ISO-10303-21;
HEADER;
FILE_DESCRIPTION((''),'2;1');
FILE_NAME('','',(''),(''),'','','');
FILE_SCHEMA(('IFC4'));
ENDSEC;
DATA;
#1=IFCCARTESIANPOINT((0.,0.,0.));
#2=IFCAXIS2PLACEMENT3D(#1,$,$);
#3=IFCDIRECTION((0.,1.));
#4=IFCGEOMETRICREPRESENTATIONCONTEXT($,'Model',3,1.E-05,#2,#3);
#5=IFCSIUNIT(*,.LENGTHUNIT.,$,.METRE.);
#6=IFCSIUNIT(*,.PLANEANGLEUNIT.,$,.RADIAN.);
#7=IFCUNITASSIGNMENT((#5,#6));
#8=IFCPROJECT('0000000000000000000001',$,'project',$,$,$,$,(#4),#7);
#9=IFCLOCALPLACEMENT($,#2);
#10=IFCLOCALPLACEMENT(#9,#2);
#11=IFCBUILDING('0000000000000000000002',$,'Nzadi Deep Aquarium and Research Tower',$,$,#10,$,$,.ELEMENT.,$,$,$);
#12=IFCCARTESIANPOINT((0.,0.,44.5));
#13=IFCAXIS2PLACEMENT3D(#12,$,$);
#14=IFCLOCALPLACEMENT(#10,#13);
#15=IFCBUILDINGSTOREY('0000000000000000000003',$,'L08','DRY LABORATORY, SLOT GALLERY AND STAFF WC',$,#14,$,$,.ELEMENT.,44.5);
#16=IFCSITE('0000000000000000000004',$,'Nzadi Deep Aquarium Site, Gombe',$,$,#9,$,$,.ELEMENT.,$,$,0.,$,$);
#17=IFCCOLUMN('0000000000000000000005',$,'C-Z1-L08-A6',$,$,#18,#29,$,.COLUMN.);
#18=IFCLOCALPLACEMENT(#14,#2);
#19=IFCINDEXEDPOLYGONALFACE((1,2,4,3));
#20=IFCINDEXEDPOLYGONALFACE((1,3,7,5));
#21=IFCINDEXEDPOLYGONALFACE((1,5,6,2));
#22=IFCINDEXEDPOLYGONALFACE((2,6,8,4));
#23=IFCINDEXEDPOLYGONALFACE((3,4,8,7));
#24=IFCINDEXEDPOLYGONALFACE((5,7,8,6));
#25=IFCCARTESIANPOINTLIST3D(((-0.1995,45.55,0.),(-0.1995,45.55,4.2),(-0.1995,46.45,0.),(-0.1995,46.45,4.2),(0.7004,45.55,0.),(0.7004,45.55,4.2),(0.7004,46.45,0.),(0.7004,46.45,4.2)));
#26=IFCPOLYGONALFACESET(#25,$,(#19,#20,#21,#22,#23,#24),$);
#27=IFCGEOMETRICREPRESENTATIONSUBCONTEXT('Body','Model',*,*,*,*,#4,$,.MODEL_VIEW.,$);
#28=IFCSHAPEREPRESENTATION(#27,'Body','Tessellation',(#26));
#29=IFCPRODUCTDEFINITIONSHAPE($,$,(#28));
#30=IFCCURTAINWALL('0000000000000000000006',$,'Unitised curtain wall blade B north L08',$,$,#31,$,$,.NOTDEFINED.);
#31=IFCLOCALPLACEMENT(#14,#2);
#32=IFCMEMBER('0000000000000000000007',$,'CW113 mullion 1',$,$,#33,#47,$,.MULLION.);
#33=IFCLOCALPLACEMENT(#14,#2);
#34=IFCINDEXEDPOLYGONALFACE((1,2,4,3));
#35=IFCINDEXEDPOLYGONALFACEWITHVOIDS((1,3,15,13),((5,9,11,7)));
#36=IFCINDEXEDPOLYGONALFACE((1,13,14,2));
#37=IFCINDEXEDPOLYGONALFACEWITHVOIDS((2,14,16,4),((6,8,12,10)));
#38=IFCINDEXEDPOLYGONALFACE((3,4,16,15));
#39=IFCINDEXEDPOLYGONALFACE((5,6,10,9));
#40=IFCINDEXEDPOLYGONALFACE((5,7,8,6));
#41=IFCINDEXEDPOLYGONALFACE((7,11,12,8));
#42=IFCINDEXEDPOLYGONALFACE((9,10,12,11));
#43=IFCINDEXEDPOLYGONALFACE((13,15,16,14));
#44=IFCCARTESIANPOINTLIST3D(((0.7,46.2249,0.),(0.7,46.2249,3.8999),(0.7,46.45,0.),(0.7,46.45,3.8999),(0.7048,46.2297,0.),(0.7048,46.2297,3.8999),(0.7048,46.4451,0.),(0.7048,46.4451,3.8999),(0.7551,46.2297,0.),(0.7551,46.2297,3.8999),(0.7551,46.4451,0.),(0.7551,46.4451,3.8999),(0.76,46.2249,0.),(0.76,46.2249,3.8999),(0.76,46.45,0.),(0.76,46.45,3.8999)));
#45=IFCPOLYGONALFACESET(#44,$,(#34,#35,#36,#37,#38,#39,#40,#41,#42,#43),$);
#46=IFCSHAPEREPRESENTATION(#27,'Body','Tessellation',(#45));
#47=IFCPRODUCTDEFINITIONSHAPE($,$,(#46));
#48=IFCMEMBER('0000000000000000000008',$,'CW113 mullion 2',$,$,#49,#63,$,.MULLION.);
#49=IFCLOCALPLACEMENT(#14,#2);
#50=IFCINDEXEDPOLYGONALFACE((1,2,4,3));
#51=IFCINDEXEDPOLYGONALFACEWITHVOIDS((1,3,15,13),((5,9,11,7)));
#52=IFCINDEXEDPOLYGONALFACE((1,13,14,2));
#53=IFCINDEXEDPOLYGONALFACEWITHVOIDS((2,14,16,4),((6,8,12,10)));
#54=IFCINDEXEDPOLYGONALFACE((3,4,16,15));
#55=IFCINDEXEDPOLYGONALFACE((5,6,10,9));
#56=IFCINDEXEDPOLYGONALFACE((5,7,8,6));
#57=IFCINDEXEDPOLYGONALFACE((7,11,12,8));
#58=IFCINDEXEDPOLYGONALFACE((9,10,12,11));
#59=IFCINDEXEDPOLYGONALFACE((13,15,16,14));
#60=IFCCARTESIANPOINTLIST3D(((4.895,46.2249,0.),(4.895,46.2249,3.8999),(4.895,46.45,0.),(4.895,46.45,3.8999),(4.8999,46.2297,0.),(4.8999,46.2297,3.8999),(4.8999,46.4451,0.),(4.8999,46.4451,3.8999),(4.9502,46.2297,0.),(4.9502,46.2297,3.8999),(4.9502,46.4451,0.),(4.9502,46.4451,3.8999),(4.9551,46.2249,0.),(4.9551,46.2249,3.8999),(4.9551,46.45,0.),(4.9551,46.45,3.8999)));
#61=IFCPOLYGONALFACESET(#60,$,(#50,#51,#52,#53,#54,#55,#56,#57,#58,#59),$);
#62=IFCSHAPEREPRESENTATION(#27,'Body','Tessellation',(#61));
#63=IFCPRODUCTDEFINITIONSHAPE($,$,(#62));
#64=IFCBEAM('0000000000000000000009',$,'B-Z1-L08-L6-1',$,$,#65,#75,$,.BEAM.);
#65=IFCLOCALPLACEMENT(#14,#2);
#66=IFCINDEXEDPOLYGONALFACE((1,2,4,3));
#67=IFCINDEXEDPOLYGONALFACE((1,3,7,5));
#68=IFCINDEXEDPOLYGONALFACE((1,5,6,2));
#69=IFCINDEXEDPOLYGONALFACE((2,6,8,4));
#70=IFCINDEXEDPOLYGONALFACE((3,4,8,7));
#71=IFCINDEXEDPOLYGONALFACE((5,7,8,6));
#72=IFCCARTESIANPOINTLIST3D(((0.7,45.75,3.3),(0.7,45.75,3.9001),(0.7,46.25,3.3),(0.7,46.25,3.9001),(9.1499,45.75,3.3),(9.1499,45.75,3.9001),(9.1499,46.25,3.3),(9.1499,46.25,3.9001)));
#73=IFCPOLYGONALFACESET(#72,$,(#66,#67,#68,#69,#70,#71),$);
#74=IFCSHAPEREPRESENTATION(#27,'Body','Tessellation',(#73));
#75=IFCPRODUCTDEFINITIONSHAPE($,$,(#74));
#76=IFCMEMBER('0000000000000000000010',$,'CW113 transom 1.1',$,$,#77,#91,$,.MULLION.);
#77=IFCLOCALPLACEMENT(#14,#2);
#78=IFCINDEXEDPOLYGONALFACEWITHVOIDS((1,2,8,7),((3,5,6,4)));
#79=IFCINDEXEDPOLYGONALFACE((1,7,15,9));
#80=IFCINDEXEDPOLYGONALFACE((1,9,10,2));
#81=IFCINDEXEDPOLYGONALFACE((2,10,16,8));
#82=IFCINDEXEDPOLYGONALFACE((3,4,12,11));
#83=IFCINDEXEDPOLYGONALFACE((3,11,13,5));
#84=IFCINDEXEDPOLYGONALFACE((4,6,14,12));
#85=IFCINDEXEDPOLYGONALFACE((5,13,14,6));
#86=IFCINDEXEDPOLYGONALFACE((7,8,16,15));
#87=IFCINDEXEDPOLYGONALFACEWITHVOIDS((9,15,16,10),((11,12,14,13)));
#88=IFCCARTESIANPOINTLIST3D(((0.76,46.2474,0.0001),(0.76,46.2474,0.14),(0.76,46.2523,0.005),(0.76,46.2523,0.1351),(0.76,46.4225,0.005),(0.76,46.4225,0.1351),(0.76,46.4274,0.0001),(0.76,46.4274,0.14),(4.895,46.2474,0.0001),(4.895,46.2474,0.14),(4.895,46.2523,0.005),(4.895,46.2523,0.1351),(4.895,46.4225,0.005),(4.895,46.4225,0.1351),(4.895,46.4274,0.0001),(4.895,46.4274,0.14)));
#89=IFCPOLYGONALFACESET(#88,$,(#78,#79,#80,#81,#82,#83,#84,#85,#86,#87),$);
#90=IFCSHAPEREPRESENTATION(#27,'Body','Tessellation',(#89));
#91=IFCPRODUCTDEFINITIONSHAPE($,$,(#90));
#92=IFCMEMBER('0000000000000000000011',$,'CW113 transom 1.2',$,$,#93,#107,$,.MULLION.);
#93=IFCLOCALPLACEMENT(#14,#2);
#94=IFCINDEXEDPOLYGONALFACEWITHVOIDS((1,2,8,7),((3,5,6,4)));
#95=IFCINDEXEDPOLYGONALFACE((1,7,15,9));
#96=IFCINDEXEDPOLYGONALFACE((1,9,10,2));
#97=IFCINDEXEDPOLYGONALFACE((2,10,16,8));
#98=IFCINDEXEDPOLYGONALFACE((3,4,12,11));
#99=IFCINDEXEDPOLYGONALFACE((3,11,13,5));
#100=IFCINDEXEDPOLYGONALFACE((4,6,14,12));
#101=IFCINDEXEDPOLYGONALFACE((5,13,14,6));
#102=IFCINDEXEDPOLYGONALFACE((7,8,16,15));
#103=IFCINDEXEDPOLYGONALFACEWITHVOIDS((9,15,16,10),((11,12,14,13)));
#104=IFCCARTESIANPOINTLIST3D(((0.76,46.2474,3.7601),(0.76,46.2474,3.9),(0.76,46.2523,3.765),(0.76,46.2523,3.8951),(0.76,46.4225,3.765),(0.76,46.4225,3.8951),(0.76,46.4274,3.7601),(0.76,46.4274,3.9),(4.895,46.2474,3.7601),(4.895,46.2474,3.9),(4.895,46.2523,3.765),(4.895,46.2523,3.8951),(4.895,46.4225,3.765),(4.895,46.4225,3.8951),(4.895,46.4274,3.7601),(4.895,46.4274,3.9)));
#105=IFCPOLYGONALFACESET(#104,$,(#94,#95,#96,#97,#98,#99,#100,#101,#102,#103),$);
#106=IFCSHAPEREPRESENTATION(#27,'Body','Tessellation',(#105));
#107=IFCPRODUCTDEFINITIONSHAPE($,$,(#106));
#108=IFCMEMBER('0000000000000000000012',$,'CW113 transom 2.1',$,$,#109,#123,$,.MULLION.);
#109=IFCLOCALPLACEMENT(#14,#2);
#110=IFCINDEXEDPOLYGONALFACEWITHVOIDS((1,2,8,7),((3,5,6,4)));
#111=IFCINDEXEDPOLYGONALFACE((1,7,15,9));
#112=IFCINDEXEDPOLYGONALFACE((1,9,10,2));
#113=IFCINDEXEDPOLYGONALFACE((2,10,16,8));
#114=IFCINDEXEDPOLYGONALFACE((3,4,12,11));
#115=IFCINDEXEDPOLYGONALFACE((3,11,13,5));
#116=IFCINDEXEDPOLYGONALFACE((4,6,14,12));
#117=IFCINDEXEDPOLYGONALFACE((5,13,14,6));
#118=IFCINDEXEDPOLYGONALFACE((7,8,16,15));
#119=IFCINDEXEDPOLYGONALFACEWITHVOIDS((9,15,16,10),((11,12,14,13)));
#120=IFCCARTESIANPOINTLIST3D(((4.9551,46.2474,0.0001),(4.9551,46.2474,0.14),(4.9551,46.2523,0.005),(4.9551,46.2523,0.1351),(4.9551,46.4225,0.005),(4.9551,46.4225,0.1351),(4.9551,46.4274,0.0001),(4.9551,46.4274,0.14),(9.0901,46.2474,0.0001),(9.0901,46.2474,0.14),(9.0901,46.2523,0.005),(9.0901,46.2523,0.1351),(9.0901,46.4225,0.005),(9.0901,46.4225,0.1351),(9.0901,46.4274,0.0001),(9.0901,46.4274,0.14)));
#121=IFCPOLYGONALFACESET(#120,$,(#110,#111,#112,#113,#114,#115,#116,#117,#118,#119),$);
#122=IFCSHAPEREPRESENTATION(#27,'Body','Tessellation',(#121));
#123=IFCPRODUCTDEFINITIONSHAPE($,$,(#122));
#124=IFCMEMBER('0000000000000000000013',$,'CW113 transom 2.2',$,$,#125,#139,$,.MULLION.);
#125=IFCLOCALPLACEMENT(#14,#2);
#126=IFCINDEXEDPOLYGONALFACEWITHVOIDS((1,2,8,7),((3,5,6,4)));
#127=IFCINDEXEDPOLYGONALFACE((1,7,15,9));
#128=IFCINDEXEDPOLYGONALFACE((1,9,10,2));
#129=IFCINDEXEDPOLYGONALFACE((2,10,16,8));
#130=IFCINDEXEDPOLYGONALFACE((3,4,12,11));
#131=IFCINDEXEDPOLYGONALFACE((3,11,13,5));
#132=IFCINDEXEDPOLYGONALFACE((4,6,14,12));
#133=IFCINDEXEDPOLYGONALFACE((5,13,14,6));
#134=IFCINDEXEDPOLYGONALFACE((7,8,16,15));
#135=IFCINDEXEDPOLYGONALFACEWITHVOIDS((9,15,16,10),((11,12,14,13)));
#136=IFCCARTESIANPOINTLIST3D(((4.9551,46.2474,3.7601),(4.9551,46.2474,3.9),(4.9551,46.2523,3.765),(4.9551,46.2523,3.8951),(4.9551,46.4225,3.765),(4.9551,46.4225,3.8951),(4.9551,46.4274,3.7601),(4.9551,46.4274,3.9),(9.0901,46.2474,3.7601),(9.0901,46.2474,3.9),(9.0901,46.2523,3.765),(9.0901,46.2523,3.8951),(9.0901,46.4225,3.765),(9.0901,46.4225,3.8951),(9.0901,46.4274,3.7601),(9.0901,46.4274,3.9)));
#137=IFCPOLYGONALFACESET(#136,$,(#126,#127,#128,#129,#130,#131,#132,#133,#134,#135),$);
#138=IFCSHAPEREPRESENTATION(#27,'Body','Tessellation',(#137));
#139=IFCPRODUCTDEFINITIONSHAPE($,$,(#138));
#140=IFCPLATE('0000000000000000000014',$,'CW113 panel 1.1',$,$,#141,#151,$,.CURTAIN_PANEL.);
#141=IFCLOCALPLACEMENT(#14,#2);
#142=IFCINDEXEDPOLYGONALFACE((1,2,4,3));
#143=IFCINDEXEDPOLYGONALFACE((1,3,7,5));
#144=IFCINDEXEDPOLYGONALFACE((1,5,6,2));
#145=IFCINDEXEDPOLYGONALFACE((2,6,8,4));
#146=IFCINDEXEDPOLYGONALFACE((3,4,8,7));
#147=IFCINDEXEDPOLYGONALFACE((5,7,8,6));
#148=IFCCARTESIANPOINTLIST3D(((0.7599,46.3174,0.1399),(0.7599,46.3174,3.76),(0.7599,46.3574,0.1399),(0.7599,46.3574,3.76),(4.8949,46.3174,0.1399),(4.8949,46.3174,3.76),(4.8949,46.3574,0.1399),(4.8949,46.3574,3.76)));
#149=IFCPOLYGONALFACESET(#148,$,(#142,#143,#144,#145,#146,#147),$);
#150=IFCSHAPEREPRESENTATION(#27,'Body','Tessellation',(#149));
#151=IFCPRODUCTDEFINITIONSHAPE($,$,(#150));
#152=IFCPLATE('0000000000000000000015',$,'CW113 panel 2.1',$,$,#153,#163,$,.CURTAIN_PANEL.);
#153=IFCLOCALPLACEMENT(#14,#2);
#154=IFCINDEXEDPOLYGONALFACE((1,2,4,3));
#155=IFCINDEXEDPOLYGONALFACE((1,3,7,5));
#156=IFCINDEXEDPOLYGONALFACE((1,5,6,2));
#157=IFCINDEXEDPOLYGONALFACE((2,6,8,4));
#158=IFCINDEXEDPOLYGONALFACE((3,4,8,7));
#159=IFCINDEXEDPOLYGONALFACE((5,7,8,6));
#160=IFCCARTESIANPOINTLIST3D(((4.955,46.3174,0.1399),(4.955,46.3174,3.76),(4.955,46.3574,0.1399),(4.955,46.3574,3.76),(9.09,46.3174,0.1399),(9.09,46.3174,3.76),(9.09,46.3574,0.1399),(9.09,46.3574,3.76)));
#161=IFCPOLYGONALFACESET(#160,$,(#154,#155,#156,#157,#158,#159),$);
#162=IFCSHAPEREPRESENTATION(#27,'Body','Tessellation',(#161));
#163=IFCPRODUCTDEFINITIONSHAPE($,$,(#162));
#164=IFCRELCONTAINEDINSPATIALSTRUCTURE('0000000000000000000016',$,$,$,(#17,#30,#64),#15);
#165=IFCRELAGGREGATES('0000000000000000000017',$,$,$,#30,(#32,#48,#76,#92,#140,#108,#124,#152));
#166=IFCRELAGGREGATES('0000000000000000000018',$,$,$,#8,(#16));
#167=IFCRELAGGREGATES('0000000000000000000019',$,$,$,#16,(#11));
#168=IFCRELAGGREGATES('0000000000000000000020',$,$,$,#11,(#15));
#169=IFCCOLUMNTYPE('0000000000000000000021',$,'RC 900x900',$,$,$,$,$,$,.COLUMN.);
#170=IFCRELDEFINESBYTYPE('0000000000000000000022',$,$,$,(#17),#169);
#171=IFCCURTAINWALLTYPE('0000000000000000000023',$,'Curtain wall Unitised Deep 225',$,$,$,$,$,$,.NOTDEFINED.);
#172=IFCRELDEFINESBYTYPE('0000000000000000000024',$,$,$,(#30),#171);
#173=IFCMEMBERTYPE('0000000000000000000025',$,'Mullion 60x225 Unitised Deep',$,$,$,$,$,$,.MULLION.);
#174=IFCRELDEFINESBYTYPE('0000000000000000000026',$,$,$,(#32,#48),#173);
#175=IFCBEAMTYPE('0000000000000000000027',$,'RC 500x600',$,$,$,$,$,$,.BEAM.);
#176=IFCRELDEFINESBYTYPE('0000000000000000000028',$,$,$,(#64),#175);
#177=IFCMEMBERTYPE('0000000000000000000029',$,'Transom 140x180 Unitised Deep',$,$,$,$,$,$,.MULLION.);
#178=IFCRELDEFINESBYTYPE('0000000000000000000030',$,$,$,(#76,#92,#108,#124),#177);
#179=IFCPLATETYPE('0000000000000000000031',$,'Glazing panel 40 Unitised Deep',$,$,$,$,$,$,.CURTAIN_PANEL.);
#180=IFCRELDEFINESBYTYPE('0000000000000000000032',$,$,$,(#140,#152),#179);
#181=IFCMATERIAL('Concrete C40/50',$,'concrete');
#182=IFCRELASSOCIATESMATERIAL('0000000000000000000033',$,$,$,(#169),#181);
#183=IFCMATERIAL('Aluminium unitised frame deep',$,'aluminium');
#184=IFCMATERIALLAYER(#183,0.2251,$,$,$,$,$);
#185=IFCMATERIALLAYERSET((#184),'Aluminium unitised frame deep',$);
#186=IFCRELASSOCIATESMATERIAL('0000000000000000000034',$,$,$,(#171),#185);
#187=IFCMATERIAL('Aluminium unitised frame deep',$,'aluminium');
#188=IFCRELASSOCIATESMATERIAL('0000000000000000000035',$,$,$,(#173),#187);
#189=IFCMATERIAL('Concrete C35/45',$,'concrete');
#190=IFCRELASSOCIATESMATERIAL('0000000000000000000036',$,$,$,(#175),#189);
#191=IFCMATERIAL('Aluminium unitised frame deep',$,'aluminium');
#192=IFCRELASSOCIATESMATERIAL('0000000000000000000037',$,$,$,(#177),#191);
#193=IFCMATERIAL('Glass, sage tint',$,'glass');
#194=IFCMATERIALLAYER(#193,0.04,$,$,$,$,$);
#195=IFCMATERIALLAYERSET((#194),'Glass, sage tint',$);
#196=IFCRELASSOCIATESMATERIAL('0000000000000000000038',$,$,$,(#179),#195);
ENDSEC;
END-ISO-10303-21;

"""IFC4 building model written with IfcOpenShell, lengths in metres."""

from ifc_helpers import new_model, si_unit, direction, frame, origin, origin_2d, place, context, subcontext, project, spatial, rectangle, hollow_rectangle, extrude, material, layer, layer_set, material_profile, profile_set, type_object, element, aggregate, save


model = new_model("IFC4")

# Units and contexts
model_context = context("Model", 3, precision=1e-05, world=origin(), true_north=direction((0.0, 1.0)))
body_context = subcontext(model_context, "Body", "Model", "MODEL_VIEW")
ifc_project = project(units=[si_unit("LENGTHUNIT", "METRE"), si_unit("PLANEANGLEUNIT", "RADIAN")], contexts=[model_context])

# Site, building, storey
site_placement = place(None, origin())
site = spatial("IfcSite", under=ifc_project, at=site_placement, Name="Nzadi Deep Aquarium Site, Gombe", CompositionType="ELEMENT", RefElevation=0.0)
building_placement = place(site_placement, origin())
building = spatial("IfcBuilding", under=site, at=building_placement, Name="Nzadi Deep Aquarium and Research Tower", CompositionType="ELEMENT")
storey_placement = place(building_placement, frame((0.0, 0.0, 44.5)))
storey = spatial("IfcBuildingStorey", under=building, at=storey_placement, Name="L08", Description="DRY LABORATORY, SLOT GALLERY AND STAFF WC", CompositionType="ELEMENT", Elevation=44.5)

# Column
ifc_material_1 = material(Name="Concrete C40/50", Category="concrete")
ifc_material_profile_1 = material_profile(ifc_material_1, rectangle(XDim=0.8999, YDim=0.8999, at=origin_2d()))
ifc_profile_set_1 = profile_set([ifc_material_profile_1], Name="Concrete C40/50")
column_type = type_object("IfcColumnType", Name="RC 900x900", PredefinedType="COLUMN", material=ifc_profile_set_1)
column_placement = place(storey_placement, frame((0.2505, 46.0, 0.0), z_axis=(0.0, 0.0, 1.0), x_axis=(1.0, 0.0, 0.0)))
element("IfcColumn", 1, at=column_placement, inside=storey, type_object=column_type, Name="C-Z1-L08-A6", PredefinedType="COLUMN", context=body_context, shape_type="SweptSolid", body=[
    extrude(rectangle(XDim=0.8999, YDim=0.8999, at=origin_2d()), origin(), (0.0, 0.0, 1.0), 4.2),
])

# Curtain wall, members
ifc_material_2 = material(Name="Aluminium unitised frame deep", Category="aluminium")
ifc_layer_1 = layer(ifc_material_2, 0.2251)
ifc_layer_set_1 = layer_set([ifc_layer_1], Name="Aluminium unitised frame deep")
curtain_wall_type = type_object("IfcCurtainWallType", Name="Curtain wall Unitised Deep 225", PredefinedType="NOTDEFINED", material=ifc_layer_set_1)
curtain_wall_placement = place(storey_placement, origin())
curtain_wall = element("IfcCurtainWall", 2, at=curtain_wall_placement, inside=storey, type_object=curtain_wall_type, Name="Unitised curtain wall blade B north L08", PredefinedType="NOTDEFINED")
ifc_material_3 = material(Name="Aluminium unitised frame deep", Category="aluminium")
ifc_material_profile_2 = material_profile(ifc_material_3, hollow_rectangle(XDim=0.2251, YDim=0.0601, WallThickness=0.0049, at=origin_2d()))
ifc_profile_set_2 = profile_set([ifc_material_profile_2], Name="Aluminium unitised frame deep")
member_type_1 = type_object("IfcMemberType", Name="Mullion 60x225 Unitised Deep", PredefinedType="MULLION", material=ifc_profile_set_2)
member_1_placement = place(storey_placement, frame((0.73, 46.3374, 0.0), z_axis=(0.0, 0.0, 1.0), x_axis=(0.0, 1.0, 0.0)))
member_1 = element("IfcMember", 3, at=member_1_placement, type_object=member_type_1, Name="CW113 mullion 1", PredefinedType="MULLION", context=body_context, shape_type="SweptSolid", body=[
    extrude(hollow_rectangle(XDim=0.2251, YDim=0.0601, WallThickness=0.0049, at=origin_2d()), origin(), (0.0, 0.0, 1.0), 3.8999),
])
member_2_placement = place(storey_placement, frame((4.925, 46.3374, 0.0), z_axis=(0.0, 0.0, 1.0), x_axis=(0.0, 1.0, 0.0)))
member_2 = element("IfcMember", 4, at=member_2_placement, type_object=member_type_1, Name="CW113 mullion 2", PredefinedType="MULLION", context=body_context, shape_type="SweptSolid", body=[
    extrude(hollow_rectangle(XDim=0.2251, YDim=0.0601, WallThickness=0.0049, at=origin_2d()), origin(), (0.0, 0.0, 1.0), 3.8999),
])

# Beam
ifc_material_4 = material(Name="Concrete C35/45", Category="concrete")
ifc_material_profile_3 = material_profile(ifc_material_4, rectangle(XDim=0.5, YDim=0.6001, at=origin_2d()))
ifc_profile_set_3 = profile_set([ifc_material_profile_3], Name="Concrete C35/45")
beam_type = type_object("IfcBeamType", Name="RC 500x600", PredefinedType="BEAM", material=ifc_profile_set_3)
beam_placement = place(storey_placement, frame((0.7, 46.0, 3.6001), z_axis=(1.0, 0.0, 0.0), x_axis=(0.0, 1.0, 0.0)))
element("IfcBeam", 5, at=beam_placement, inside=storey, type_object=beam_type, Name="B-Z1-L08-L6-1", PredefinedType="BEAM", context=body_context, shape_type="SweptSolid", body=[
    extrude(rectangle(XDim=0.5, YDim=0.6001, at=origin_2d()), origin(), (0.0, 0.0, 1.0), 8.45),
])

# Members
ifc_material_5 = material(Name="Aluminium unitised frame deep", Category="aluminium")
ifc_material_profile_4 = material_profile(ifc_material_5, hollow_rectangle(XDim=0.1799, YDim=0.1399, WallThickness=0.0049, at=origin_2d()))
ifc_profile_set_4 = profile_set([ifc_material_profile_4], Name="Aluminium unitised frame deep")
member_type_2 = type_object("IfcMemberType", Name="Transom 140x180 Unitised Deep", PredefinedType="MULLION", material=ifc_profile_set_4)
member_3_placement = place(storey_placement, frame((0.76, 46.3374, 0.0701), z_axis=(1.0, 0.0, 0.0), x_axis=(0.0, 1.0, 0.0)))
member_3 = element("IfcMember", 6, at=member_3_placement, type_object=member_type_2, Name="CW113 transom 1.1", PredefinedType="MULLION", context=body_context, shape_type="SweptSolid", body=[
    extrude(hollow_rectangle(XDim=0.1799, YDim=0.1399, WallThickness=0.0049, at=origin_2d()), origin(), (0.0, 0.0, 1.0), 4.135),
])
member_4_placement = place(storey_placement, frame((0.76, 46.3374, 3.8301), z_axis=(1.0, 0.0, 0.0), x_axis=(0.0, 1.0, 0.0)))
member_4 = element("IfcMember", 7, at=member_4_placement, type_object=member_type_2, Name="CW113 transom 1.2", PredefinedType="MULLION", context=body_context, shape_type="SweptSolid", body=[
    extrude(hollow_rectangle(XDim=0.1799, YDim=0.1399, WallThickness=0.0049, at=origin_2d()), origin(), (0.0, 0.0, 1.0), 4.135),
])
member_5_placement = place(storey_placement, frame((4.9551, 46.3374, 0.0701), z_axis=(1.0, 0.0, 0.0), x_axis=(0.0, 1.0, 0.0)))
member_5 = element("IfcMember", 8, at=member_5_placement, type_object=member_type_2, Name="CW113 transom 2.1", PredefinedType="MULLION", context=body_context, shape_type="SweptSolid", body=[
    extrude(hollow_rectangle(XDim=0.1799, YDim=0.1399, WallThickness=0.0049, at=origin_2d()), origin(), (0.0, 0.0, 1.0), 4.135),
])
member_6_placement = place(storey_placement, frame((4.9551, 46.3374, 3.8301), z_axis=(1.0, 0.0, 0.0), x_axis=(0.0, 1.0, 0.0)))
member_6 = element("IfcMember", 9, at=member_6_placement, type_object=member_type_2, Name="CW113 transom 2.2", PredefinedType="MULLION", context=body_context, shape_type="SweptSolid", body=[
    extrude(hollow_rectangle(XDim=0.1799, YDim=0.1399, WallThickness=0.0049, at=origin_2d()), origin(), (0.0, 0.0, 1.0), 4.135),
])

# Plates
ifc_material_6 = material(Name="Glass, sage tint", Category="glass")
ifc_layer_2 = layer(ifc_material_6, 0.04)
ifc_layer_set_2 = layer_set([ifc_layer_2], Name="Glass, sage tint")
plate_type = type_object("IfcPlateType", Name="Glazing panel 40 Unitised Deep", PredefinedType="CURTAIN_PANEL", material=ifc_layer_set_2)
plate_1_placement = place(storey_placement, frame((2.8274, 46.3374, 0.1399), z_axis=(0.0, 0.0, 1.0), x_axis=(1.0, 0.0, 0.0)))
plate_1 = element("IfcPlate", 10, at=plate_1_placement, type_object=plate_type, Name="CW113 panel 1.1", PredefinedType="CURTAIN_PANEL", context=body_context, shape_type="SweptSolid", body=[
    extrude(rectangle(XDim=4.135, YDim=0.04, at=origin_2d()), origin(), (0.0, 0.0, 1.0), 3.6201),
])
plate_2_placement = place(storey_placement, frame((7.0225, 46.3374, 0.1399), z_axis=(0.0, 0.0, 1.0), x_axis=(1.0, 0.0, 0.0)))
plate_2 = element("IfcPlate", 11, at=plate_2_placement, type_object=plate_type, Name="CW113 panel 2.1", PredefinedType="CURTAIN_PANEL", context=body_context, shape_type="SweptSolid", body=[
    extrude(rectangle(XDim=4.135, YDim=0.04, at=origin_2d()), origin(), (0.0, 0.0, 1.0), 3.6201),
])
aggregate(curtain_wall, [member_1, member_2, member_3, member_4, plate_1, member_5, member_6, plate_2])

save(model, "model.ifc")
